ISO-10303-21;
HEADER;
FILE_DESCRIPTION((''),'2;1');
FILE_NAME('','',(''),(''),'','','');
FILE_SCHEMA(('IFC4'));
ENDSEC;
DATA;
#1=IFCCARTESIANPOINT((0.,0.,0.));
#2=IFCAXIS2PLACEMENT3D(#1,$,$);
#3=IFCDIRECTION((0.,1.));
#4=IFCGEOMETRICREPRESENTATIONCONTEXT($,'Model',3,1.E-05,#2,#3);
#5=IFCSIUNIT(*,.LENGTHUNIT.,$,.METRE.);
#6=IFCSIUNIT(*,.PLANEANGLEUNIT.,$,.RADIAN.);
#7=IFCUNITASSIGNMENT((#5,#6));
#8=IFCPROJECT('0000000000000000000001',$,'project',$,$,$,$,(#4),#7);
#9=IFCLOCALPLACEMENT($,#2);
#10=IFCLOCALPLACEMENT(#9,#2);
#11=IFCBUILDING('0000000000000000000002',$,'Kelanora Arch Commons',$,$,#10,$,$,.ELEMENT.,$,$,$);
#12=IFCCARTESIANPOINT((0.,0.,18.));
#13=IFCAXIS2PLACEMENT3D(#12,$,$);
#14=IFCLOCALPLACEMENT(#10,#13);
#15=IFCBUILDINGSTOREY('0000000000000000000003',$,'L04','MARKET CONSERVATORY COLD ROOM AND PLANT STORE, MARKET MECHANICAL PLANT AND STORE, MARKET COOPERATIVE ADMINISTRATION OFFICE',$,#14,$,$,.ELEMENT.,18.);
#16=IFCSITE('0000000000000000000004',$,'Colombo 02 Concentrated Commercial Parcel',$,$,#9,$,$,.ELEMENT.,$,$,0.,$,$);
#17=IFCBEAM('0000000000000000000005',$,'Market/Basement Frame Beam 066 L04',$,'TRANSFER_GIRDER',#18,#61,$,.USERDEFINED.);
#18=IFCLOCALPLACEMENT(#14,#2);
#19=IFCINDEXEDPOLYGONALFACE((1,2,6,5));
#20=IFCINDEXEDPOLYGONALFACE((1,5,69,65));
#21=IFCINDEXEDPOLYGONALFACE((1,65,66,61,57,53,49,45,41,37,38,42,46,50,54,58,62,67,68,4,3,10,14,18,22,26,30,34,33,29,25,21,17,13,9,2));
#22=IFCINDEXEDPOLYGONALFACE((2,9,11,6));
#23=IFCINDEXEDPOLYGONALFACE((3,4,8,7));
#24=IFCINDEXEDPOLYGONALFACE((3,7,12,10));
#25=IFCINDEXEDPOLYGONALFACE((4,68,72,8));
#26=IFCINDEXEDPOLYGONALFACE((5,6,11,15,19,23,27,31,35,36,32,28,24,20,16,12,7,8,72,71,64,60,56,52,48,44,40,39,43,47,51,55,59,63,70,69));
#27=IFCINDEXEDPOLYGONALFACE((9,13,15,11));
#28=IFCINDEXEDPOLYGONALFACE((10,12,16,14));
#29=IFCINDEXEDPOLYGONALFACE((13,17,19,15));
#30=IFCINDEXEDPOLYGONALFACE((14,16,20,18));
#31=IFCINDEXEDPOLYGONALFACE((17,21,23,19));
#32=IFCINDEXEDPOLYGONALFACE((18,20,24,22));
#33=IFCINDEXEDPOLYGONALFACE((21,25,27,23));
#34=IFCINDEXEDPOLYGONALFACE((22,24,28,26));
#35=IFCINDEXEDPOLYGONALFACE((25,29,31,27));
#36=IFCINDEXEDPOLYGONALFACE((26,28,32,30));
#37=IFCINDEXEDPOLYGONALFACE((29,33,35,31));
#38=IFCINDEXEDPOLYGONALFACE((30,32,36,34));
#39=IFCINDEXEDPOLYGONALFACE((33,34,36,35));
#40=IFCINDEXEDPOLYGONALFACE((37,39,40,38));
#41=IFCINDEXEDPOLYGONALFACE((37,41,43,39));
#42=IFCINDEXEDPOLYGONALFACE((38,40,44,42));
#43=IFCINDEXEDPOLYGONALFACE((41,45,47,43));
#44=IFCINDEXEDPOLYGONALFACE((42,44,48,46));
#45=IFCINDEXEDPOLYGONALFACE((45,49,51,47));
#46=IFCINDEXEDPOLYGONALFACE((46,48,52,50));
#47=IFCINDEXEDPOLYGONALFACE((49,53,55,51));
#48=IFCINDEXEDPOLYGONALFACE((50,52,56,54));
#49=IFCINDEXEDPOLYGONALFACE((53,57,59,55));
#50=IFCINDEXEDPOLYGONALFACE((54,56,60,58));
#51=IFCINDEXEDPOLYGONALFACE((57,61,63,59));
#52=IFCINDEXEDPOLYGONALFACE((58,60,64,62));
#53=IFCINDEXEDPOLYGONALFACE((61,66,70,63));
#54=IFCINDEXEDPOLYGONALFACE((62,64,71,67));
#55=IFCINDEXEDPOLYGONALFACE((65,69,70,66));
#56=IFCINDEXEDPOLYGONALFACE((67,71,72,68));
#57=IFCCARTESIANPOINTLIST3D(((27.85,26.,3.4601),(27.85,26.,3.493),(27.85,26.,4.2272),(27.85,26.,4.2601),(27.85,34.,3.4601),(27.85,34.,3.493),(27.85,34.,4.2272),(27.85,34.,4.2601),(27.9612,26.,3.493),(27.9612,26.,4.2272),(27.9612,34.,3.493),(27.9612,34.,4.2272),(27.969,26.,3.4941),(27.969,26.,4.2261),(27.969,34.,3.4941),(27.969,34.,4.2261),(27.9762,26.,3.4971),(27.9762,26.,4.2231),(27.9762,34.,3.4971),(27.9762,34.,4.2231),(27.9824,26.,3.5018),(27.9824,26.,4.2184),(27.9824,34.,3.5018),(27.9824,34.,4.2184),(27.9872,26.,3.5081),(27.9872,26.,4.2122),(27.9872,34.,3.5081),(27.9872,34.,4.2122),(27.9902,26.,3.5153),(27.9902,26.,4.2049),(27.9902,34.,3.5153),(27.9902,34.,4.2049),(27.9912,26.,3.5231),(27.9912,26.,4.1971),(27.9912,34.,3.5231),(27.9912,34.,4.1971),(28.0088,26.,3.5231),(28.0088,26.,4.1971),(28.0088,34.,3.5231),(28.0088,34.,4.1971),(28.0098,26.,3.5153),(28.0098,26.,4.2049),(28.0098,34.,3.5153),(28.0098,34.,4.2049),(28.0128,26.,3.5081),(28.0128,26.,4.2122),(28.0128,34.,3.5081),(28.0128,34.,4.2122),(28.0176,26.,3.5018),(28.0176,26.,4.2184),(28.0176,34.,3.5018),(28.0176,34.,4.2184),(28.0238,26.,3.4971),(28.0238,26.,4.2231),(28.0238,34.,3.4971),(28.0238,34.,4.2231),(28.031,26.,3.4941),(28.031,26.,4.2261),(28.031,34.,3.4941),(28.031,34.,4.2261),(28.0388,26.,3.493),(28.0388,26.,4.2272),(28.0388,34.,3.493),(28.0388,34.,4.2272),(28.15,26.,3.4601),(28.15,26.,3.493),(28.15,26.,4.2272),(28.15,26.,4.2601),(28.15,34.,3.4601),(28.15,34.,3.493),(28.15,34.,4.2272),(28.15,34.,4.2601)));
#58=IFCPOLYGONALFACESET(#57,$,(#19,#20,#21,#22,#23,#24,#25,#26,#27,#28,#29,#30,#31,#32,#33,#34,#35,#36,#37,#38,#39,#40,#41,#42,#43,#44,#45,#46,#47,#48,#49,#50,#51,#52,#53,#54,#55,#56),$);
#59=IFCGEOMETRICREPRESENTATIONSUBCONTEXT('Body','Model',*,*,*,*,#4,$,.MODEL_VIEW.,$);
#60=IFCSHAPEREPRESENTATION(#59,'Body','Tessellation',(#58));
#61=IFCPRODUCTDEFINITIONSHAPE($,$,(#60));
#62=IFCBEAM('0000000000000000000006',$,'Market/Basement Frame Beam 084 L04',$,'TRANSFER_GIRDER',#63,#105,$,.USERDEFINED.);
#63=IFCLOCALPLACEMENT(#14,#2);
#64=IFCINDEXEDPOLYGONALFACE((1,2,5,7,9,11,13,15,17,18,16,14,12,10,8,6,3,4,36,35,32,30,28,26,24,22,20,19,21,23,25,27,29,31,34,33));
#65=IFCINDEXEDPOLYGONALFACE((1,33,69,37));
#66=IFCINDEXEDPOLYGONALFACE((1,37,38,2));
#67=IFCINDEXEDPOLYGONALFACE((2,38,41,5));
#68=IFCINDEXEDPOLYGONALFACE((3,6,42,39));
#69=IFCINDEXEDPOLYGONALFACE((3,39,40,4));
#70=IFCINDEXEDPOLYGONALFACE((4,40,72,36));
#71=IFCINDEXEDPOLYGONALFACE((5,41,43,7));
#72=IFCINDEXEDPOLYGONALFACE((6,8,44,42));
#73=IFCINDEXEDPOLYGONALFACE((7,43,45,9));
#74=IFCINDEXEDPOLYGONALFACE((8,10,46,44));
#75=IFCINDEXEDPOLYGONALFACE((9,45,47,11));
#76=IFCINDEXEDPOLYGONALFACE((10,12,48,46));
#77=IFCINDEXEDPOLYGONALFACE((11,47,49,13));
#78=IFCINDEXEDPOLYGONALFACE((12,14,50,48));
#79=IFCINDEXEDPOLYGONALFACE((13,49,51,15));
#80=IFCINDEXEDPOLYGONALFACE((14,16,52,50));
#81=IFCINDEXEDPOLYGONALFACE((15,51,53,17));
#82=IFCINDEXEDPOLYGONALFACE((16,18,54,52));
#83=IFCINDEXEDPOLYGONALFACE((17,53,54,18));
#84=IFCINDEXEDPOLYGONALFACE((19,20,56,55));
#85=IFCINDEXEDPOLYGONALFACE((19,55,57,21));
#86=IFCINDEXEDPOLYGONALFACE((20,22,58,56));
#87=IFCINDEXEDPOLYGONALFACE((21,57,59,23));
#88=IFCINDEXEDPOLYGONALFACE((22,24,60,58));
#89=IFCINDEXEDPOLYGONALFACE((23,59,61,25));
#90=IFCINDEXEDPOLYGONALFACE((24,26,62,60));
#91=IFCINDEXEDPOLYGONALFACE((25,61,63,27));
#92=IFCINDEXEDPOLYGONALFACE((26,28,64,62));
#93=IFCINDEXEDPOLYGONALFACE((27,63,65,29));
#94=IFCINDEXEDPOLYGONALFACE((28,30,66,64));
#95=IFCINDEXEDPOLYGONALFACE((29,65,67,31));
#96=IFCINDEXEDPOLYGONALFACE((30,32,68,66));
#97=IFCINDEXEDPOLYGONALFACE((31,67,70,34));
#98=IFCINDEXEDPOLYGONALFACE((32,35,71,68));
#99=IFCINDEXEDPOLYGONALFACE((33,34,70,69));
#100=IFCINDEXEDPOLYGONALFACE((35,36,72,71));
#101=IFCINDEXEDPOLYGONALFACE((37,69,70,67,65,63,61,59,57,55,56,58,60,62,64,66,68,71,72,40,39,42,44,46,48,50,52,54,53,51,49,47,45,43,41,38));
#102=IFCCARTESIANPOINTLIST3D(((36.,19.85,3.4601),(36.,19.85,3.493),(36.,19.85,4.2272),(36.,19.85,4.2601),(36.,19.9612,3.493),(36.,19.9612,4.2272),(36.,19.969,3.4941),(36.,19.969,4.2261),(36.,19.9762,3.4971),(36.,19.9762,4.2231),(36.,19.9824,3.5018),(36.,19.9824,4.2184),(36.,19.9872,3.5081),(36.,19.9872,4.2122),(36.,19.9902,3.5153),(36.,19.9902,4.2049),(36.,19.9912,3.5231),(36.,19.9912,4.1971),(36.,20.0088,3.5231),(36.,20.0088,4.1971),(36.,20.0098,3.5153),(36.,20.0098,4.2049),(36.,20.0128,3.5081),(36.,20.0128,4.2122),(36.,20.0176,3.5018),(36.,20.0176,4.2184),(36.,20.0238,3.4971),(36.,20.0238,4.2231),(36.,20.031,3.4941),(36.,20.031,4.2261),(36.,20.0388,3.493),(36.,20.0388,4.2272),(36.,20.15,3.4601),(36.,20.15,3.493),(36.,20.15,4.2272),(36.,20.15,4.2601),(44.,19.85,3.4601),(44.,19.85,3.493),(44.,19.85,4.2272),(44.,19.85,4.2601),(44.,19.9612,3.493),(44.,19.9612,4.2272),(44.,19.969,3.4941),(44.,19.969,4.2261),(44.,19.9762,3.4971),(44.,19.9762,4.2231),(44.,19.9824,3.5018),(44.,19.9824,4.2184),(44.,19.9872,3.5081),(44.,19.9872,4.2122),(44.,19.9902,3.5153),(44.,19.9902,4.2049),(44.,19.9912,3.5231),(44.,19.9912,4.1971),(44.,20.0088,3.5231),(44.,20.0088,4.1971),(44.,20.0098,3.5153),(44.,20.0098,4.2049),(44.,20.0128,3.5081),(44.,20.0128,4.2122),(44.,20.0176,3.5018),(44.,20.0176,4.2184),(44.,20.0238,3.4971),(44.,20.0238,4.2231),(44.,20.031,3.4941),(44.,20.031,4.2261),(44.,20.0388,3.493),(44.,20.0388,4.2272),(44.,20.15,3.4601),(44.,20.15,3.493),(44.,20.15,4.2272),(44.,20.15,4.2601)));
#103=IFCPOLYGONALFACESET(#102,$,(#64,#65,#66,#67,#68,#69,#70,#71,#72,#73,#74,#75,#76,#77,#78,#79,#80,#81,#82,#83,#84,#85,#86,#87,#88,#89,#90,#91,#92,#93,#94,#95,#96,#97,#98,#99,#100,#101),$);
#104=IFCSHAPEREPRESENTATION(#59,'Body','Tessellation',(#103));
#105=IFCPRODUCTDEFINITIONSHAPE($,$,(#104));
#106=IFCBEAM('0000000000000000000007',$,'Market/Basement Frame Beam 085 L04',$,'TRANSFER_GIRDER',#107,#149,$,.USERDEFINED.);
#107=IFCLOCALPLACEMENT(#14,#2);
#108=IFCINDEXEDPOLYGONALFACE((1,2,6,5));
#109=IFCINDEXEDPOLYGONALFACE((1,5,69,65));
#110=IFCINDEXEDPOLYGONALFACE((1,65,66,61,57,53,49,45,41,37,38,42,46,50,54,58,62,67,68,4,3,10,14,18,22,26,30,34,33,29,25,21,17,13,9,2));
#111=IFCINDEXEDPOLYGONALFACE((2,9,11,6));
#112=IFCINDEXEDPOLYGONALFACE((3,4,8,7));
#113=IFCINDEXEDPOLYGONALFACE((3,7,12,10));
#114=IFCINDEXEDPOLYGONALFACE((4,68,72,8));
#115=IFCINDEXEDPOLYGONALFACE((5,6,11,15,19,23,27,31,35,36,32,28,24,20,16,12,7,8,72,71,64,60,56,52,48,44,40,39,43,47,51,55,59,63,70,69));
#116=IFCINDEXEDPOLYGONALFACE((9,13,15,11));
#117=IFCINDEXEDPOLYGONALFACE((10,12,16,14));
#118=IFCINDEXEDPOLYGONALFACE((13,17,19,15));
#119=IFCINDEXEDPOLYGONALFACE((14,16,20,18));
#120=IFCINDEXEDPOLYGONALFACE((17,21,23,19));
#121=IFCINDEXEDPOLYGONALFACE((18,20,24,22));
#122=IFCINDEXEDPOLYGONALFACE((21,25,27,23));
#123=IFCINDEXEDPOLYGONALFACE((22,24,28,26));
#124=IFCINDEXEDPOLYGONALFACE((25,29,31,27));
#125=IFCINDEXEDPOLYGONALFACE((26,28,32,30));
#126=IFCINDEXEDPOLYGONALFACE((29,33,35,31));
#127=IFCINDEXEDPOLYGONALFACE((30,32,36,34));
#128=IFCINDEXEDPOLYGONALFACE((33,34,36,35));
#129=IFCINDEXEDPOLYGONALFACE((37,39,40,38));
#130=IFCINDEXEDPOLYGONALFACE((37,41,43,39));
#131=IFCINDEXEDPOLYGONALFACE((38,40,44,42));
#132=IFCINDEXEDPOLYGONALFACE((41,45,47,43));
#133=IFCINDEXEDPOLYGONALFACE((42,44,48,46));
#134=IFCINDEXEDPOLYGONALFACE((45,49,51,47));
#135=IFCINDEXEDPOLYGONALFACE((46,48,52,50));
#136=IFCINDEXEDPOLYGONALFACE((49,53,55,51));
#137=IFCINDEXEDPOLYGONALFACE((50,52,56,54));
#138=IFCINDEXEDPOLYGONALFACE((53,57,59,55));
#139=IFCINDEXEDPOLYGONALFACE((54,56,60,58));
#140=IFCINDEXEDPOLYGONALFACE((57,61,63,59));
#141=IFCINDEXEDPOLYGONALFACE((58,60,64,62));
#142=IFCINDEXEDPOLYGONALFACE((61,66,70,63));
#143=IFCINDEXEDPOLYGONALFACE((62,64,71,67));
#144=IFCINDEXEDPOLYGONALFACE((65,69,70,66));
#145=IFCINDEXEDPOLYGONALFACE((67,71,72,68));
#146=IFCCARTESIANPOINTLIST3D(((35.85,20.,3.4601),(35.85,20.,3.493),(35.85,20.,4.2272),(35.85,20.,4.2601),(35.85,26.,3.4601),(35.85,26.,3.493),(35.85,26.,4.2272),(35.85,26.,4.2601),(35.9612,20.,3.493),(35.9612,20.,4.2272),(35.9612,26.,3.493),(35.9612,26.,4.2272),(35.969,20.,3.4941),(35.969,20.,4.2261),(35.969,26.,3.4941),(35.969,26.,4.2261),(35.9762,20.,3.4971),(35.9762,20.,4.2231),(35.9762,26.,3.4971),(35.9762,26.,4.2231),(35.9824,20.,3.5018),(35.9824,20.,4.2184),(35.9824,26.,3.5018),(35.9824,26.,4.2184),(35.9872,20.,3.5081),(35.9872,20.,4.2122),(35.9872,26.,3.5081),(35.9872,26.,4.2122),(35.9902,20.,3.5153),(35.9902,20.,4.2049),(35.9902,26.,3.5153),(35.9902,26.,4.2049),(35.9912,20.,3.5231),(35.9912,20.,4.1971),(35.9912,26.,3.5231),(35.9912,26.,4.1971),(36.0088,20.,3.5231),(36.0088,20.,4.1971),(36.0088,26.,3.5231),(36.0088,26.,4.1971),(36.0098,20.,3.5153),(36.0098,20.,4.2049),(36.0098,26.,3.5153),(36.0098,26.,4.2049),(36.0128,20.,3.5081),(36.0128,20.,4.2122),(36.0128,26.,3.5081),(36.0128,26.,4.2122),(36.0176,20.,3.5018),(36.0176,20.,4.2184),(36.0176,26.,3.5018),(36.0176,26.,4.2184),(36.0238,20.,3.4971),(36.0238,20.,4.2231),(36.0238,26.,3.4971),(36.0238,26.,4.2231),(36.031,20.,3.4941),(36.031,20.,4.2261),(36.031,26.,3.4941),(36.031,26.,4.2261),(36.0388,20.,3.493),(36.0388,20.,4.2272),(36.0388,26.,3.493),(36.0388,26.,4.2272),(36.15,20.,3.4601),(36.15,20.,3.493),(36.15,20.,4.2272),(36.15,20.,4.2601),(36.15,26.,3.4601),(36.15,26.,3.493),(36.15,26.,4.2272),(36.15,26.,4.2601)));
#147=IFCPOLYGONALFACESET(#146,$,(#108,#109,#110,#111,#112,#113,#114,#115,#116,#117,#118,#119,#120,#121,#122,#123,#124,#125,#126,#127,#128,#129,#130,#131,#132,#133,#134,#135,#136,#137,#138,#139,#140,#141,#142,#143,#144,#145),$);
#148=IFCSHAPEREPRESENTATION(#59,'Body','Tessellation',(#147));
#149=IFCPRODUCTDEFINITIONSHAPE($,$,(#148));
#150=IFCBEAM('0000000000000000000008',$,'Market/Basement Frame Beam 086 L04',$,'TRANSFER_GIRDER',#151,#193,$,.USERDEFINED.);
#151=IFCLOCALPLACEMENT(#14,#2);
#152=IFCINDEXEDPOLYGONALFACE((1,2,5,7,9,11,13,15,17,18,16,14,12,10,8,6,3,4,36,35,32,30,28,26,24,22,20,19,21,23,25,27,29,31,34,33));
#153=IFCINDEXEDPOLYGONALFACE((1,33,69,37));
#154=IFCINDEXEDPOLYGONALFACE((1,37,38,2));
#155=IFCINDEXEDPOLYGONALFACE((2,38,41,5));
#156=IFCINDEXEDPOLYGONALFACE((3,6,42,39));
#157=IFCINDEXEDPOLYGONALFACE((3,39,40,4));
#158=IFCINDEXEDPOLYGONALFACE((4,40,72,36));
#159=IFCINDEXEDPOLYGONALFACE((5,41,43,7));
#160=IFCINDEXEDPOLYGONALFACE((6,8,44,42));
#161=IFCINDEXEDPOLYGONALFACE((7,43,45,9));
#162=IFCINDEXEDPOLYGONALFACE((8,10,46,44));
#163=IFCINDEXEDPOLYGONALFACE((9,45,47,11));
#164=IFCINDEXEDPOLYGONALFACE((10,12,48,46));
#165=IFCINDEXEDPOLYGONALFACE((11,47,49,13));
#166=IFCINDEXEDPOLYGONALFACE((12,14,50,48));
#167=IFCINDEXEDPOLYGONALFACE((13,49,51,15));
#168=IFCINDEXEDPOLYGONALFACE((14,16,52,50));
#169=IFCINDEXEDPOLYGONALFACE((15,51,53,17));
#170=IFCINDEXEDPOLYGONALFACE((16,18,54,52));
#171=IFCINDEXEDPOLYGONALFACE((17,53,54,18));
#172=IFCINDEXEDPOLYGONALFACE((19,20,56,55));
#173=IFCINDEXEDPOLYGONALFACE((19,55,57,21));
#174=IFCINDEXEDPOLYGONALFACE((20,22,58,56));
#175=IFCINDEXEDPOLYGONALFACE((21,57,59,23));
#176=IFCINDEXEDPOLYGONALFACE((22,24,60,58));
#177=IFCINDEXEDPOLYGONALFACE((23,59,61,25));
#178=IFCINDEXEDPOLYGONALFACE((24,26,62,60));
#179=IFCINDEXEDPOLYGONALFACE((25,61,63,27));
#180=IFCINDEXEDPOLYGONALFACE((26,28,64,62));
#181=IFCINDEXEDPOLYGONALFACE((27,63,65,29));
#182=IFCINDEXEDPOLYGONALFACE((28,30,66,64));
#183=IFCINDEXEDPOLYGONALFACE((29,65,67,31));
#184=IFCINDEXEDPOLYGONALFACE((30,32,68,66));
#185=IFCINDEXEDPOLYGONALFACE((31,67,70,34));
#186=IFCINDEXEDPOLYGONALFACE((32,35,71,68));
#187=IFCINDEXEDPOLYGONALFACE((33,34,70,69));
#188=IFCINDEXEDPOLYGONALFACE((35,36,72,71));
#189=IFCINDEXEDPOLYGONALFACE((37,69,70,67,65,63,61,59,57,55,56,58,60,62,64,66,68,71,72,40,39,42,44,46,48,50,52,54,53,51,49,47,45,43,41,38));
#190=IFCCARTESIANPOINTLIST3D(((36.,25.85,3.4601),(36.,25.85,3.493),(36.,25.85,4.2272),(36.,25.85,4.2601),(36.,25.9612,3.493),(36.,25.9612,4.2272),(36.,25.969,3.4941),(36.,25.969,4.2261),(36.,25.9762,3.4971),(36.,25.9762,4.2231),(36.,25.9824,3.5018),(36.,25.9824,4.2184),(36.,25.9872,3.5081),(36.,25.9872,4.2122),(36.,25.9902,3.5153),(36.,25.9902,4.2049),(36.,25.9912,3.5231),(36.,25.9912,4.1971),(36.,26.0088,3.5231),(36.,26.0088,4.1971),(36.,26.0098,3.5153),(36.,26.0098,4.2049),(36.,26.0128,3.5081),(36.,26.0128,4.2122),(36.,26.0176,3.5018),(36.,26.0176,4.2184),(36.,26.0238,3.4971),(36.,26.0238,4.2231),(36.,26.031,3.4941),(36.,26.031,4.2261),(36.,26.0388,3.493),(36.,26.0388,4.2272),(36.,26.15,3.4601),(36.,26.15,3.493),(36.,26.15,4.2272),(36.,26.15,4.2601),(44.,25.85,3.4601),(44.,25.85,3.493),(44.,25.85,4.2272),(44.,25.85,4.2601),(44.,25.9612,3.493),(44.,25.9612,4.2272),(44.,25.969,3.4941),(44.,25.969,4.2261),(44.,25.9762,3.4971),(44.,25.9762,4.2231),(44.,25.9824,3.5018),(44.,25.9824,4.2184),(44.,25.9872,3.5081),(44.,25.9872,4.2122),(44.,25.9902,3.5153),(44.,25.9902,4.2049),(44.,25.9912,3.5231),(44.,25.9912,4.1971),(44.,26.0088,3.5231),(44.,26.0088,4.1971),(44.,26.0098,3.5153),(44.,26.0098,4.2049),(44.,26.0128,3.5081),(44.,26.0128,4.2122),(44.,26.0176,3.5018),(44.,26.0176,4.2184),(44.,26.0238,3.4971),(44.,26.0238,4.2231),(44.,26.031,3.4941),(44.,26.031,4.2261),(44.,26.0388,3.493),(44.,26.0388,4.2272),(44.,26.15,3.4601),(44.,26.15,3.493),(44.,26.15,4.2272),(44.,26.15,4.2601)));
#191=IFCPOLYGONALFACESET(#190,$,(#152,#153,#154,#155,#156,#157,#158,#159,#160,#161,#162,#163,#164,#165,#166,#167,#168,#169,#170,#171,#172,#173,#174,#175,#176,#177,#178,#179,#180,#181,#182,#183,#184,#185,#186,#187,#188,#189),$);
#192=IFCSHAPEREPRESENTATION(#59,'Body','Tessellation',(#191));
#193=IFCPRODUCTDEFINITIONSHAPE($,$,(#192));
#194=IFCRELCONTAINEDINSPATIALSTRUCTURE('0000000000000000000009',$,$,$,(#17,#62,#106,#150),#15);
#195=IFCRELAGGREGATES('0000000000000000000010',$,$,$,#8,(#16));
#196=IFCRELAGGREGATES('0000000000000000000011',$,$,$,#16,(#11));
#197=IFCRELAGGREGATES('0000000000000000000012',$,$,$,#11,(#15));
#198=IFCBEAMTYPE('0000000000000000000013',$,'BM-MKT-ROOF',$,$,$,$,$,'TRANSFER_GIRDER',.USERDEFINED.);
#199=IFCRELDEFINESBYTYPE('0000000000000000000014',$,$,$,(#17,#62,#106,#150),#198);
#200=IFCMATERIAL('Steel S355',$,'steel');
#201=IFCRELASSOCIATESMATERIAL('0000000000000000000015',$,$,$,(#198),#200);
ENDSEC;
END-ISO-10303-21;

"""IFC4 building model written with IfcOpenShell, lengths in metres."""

from ifc_helpers import new_model, si_unit, direction, frame, origin, origin_2d, place, context, subcontext, project, spatial, i_section, extrude, material, material_profile, profile_set, type_object, element, save


model = new_model("IFC4")

# Units and contexts
model_context = context("Model", 3, precision=1e-05, world=origin(), true_north=direction((0.0, 1.0)))
body_context = subcontext(model_context, "Body", "Model", "MODEL_VIEW")
ifc_project = project(units=[si_unit("LENGTHUNIT", "METRE"), si_unit("PLANEANGLEUNIT", "RADIAN")], contexts=[model_context])

# Site, building, storey
site_placement = place(None, origin())
site = spatial("IfcSite", under=ifc_project, at=site_placement, Name="Colombo 02 Concentrated Commercial Parcel", CompositionType="ELEMENT", RefElevation=0.0)
building_placement = place(site_placement, origin())
building = spatial("IfcBuilding", under=site, at=building_placement, Name="Kelanora Arch Commons", CompositionType="ELEMENT")
storey_placement = place(building_placement, frame((0.0, 0.0, 18.0)))
storey = spatial("IfcBuildingStorey", under=building, at=storey_placement, Name="L04", Description="MARKET CONSERVATORY COLD ROOM AND PLANT STORE, MARKET MECHANICAL PLANT AND STORE, MARKET COOPERATIVE ADMINISTRATION OFFICE", CompositionType="ELEMENT", Elevation=18.0)

# Beams
ifc_material_1 = material(Name="Steel S355", Category="steel")
ifc_material_profile_1 = material_profile(ifc_material_1, i_section(OverallWidth=0.3, OverallDepth=0.8, WebThickness=0.0176, FlangeThickness=0.033, FilletRadius=0.03, at=origin_2d()), Name="HEB800")
ifc_profile_set_1 = profile_set([ifc_material_profile_1], Name="Steel S355")
beam_type = type_object("IfcBeamType", Name="BM-MKT-ROOF", ElementType="TRANSFER_GIRDER", PredefinedType="USERDEFINED", material=ifc_profile_set_1)
for number, where, z_axis, x_axis, name in (
    (1, (28.0, 26.0, 3.8601), (0.0, 1.0, 0.0), (-1.0, 0.0, 0.0), "Market/Basement Frame Beam 066 L04"),
    (2, (36.0, 20.0, 3.8601), (1.0, 0.0, 0.0), (0.0, 1.0, 0.0), "Market/Basement Frame Beam 084 L04"),
):
    element("IfcBeam", number, at=place(storey_placement, frame(where, z_axis=z_axis, x_axis=x_axis)), inside=storey, type_object=beam_type, Name=name, ObjectType="TRANSFER_GIRDER", PredefinedType="USERDEFINED", context=body_context, shape_type="SweptSolid", body=[
        extrude(i_section(OverallWidth=0.3, OverallDepth=0.8, WebThickness=0.0176, FlangeThickness=0.033, FilletRadius=0.03, at=origin_2d()), origin(), (0.0, 0.0, 1.0), 8.0),
    ])
beam_1_placement = place(storey_placement, frame((36.0, 20.0, 3.8601), z_axis=(0.0, 1.0, 0.0), x_axis=(-1.0, 0.0, 0.0)))
element("IfcBeam", 3, at=beam_1_placement, inside=storey, type_object=beam_type, Name="Market/Basement Frame Beam 085 L04", ObjectType="TRANSFER_GIRDER", PredefinedType="USERDEFINED", context=body_context, shape_type="SweptSolid", body=[
    extrude(i_section(OverallWidth=0.3, OverallDepth=0.8, WebThickness=0.0176, FlangeThickness=0.033, FilletRadius=0.03, at=origin_2d()), origin(), (0.0, 0.0, 1.0), 6.0),
])
for number, where, z_axis, x_axis, name in (
    (4, (36.0, 26.0, 3.8601), (1.0, 0.0, 0.0), (0.0, 1.0, 0.0), "Market/Basement Frame Beam 086 L04"),
):
    element("IfcBeam", number, at=place(storey_placement, frame(where, z_axis=z_axis, x_axis=x_axis)), inside=storey, type_object=beam_type, Name=name, ObjectType="TRANSFER_GIRDER", PredefinedType="USERDEFINED", context=body_context, shape_type="SweptSolid", body=[
        extrude(i_section(OverallWidth=0.3, OverallDepth=0.8, WebThickness=0.0176, FlangeThickness=0.033, FilletRadius=0.03, at=origin_2d()), origin(), (0.0, 0.0, 1.0), 8.0),
    ])

save(model, "model.ifc")
